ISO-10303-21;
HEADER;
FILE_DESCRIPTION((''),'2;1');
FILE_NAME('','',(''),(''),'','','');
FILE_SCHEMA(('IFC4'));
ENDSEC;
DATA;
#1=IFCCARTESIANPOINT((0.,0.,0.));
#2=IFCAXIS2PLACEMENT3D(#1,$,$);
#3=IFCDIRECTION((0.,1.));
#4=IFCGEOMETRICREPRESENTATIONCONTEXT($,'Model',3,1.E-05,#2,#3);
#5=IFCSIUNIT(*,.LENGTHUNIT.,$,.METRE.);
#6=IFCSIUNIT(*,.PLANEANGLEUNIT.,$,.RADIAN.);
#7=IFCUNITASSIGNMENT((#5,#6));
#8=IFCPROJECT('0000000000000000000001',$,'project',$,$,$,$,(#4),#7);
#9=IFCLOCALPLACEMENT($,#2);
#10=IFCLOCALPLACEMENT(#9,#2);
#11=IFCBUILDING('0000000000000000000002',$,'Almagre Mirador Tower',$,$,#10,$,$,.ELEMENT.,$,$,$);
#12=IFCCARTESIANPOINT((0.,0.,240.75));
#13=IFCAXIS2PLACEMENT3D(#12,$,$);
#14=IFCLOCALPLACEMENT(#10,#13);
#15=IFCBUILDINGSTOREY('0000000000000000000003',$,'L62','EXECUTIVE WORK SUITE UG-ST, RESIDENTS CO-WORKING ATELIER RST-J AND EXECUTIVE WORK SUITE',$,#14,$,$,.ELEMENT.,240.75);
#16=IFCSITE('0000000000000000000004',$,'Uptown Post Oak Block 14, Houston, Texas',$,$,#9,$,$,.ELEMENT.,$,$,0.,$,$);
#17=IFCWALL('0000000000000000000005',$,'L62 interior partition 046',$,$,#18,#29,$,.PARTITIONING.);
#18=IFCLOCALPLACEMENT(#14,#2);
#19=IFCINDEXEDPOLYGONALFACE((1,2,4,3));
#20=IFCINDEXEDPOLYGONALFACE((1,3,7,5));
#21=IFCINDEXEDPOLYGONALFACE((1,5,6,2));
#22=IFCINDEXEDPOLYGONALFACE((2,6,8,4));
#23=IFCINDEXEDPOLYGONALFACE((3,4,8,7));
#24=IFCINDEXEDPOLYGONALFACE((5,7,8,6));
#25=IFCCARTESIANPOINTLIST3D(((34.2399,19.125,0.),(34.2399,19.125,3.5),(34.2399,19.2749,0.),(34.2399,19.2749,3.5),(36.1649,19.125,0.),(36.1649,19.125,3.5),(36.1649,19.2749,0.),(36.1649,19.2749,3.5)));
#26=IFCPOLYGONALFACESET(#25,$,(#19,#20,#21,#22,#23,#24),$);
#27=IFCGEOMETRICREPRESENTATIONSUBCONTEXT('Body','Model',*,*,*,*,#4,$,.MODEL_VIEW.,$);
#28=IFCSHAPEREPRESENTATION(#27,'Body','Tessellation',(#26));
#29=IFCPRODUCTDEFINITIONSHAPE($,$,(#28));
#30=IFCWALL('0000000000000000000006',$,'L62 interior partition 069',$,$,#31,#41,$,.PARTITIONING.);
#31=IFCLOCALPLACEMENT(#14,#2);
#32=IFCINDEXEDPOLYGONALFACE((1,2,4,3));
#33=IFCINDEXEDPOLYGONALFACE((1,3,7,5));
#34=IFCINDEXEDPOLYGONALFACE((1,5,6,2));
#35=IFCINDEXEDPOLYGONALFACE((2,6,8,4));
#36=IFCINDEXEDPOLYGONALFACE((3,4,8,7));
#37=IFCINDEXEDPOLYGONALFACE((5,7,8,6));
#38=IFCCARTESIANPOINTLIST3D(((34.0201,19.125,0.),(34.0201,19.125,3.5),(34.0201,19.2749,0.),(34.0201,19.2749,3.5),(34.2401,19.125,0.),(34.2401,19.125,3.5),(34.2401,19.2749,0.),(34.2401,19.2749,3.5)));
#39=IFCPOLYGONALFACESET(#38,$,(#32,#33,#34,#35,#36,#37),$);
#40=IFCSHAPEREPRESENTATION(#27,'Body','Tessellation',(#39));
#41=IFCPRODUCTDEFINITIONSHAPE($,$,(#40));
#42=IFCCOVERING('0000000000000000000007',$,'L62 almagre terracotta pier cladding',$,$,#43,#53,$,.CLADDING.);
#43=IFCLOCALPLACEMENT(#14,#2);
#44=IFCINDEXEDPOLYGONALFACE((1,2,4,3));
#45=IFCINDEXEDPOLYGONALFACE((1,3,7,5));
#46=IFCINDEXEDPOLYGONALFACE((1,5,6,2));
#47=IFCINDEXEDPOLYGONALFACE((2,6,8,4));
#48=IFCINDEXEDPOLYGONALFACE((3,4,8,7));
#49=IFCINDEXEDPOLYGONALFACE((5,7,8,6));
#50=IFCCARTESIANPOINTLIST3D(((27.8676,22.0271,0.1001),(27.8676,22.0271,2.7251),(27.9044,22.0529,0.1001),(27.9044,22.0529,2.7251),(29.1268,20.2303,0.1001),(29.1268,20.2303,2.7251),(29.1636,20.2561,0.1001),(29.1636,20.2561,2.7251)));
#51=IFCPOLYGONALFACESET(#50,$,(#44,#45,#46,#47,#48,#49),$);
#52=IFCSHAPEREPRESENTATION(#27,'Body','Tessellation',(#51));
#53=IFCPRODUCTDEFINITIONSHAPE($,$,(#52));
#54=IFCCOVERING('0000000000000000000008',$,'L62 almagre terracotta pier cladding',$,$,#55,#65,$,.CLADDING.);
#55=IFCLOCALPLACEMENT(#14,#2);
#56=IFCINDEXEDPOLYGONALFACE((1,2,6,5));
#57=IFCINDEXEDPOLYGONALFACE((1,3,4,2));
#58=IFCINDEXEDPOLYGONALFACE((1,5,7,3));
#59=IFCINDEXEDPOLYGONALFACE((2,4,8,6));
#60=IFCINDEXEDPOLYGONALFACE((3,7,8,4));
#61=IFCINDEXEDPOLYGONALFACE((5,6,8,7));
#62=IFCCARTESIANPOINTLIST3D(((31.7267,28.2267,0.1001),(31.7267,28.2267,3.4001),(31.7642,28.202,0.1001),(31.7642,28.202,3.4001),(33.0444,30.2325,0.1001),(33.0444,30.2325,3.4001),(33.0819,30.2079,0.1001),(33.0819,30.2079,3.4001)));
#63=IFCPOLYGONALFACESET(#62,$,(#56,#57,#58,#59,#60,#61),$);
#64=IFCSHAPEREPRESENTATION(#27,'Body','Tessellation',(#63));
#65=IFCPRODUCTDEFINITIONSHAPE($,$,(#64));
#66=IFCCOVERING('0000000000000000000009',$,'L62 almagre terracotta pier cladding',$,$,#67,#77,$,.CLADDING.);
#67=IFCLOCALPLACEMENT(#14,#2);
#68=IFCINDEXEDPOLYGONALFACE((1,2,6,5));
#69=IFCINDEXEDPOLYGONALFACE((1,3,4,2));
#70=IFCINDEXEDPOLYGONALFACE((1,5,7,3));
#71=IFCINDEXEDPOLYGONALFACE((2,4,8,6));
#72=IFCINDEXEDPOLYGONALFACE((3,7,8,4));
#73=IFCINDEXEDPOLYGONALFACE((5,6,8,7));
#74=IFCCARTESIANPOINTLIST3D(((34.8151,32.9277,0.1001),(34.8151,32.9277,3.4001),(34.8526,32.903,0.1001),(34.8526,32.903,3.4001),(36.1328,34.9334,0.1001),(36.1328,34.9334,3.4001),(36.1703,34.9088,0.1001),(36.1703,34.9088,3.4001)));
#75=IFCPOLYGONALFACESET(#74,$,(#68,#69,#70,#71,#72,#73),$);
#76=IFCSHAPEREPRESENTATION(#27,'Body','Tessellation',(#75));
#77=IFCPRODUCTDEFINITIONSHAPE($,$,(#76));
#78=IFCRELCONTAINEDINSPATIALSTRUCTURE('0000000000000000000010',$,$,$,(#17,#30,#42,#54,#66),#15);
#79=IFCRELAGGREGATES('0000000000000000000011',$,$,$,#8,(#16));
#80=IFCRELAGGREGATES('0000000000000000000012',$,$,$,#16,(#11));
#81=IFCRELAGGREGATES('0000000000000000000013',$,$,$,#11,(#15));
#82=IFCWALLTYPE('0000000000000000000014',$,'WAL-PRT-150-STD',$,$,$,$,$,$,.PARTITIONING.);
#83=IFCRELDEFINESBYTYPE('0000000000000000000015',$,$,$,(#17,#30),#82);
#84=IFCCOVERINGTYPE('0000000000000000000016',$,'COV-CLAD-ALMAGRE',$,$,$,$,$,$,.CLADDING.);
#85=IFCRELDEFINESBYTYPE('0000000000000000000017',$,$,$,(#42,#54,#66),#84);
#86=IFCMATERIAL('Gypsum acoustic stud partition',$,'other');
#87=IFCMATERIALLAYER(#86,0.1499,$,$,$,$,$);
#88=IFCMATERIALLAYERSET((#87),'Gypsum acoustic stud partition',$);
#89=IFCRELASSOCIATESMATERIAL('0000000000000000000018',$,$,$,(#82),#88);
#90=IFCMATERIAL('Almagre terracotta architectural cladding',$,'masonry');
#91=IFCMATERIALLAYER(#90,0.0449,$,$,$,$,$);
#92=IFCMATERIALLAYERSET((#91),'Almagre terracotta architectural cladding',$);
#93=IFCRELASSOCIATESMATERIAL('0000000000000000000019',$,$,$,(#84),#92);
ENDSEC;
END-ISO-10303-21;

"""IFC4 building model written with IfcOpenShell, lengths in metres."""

from ifc_helpers import new_model, si_unit, direction, frame, frame_2d, origin, origin_2d, place, context, subcontext, project, spatial, rectangle, extrude, material, layer, layer_set, type_object, element, save


model = new_model("IFC4")

# Units and contexts
model_context = context("Model", 3, precision=1e-05, world=origin(), true_north=direction((0.0, 1.0)))
body_context = subcontext(model_context, "Body", "Model", "MODEL_VIEW")
ifc_project = project(units=[si_unit("LENGTHUNIT", "METRE"), si_unit("PLANEANGLEUNIT", "RADIAN")], contexts=[model_context])

# Site, building, storey
site_placement = place(None, origin())
site = spatial("IfcSite", under=ifc_project, at=site_placement, Name="Uptown Post Oak Block 14, Houston, Texas", CompositionType="ELEMENT", RefElevation=0.0)
building_placement = place(site_placement, origin())
building = spatial("IfcBuilding", under=site, at=building_placement, Name="Almagre Mirador Tower", CompositionType="ELEMENT")
storey_placement = place(building_placement, frame((0.0, 0.0, 240.75)))
storey = spatial("IfcBuildingStorey", under=building, at=storey_placement, Name="L62", Description="EXECUTIVE WORK SUITE UG-ST, RESIDENTS CO-WORKING ATELIER RST-J AND EXECUTIVE WORK SUITE", CompositionType="ELEMENT", Elevation=240.75)

# Walls
ifc_material_1 = material(Name="Gypsum acoustic stud partition", Category="other")
ifc_layer_1 = layer(ifc_material_1, 0.1499)
ifc_layer_set_1 = layer_set([ifc_layer_1], Name="Gypsum acoustic stud partition")
wall_type_1 = type_object("IfcWallType", Name="WAL-PRT-150-STD", PredefinedType="PARTITIONING", material=ifc_layer_set_1)
wall_1_placement = place(storey_placement, frame((34.24, 19.2, 0.0), z_axis=(0.0, 0.0, 1.0), x_axis=(1.0, 0.0, 0.0)))
element("IfcWall", 1, at=wall_1_placement, inside=storey, type_object=wall_type_1, Name="L62 interior partition 046", PredefinedType="PARTITIONING", context=body_context, shape_type="SweptSolid", body=[
    extrude(rectangle(XDim=1.925, YDim=0.1499, at=frame_2d((0.9624, 0.0))), origin(), (0.0, 0.0, 1.0), 3.5),
])
wall_2_placement = place(storey_placement, frame((34.24, 19.2, 0.0), z_axis=(0.0, 0.0, 1.0), x_axis=(-1.0, 0.0, 0.0)))
element("IfcWall", 2, at=wall_2_placement, inside=storey, type_object=wall_type_1, Name="L62 interior partition 069", PredefinedType="PARTITIONING", context=body_context, shape_type="SweptSolid", body=[
    extrude(rectangle(XDim=0.22, YDim=0.1499, at=frame_2d((0.1099, 0.0))), origin(), (0.0, 0.0, 1.0), 3.5),
])

# Coverings
ifc_material_2 = material(Name="Almagre terracotta architectural cladding", Category="masonry")
ifc_layer_2 = layer(ifc_material_2, 0.0449)
ifc_layer_set_2 = layer_set([ifc_layer_2], Name="Almagre terracotta architectural cladding")
covering_type = type_object("IfcCoveringType", Name="COV-CLAD-ALMAGRE", PredefinedType="CLADDING", material=ifc_layer_set_2)
covering_placement = place(storey_placement, frame((28.5156, 21.1416, 0.1001), z_axis=(0.0, 0.0, 1.0), x_axis=(-0.573891, 0.818932, 0.0)))
element("IfcCovering", 3, at=covering_placement, inside=storey, type_object=covering_type, Name="L62 almagre terracotta pier cladding", PredefinedType="CLADDING", context=body_context, shape_type="SweptSolid", body=[
    extrude(rectangle(XDim=2.1941, YDim=0.0449, at=origin_2d()), origin(), (0.0, 0.0, 1.0), 2.625),
])
for number, where, z_axis, x_axis, name in (
    (4, (32.4043, 29.2173, 0.1001), (0.0, 0.0, 1.0), (0.549052, 0.835788, 0.0), "L62 almagre terracotta pier cladding"),
    (5, (35.4927, 33.9182, 0.1001), (0.0, 0.0, 1.0), (0.549067, 0.835779, 0.0), "L62 almagre terracotta pier cladding"),
):
    element("IfcCovering", number, at=place(storey_placement, frame(where, z_axis=z_axis, x_axis=x_axis)), inside=storey, type_object=covering_type, Name=name, PredefinedType="CLADDING", context=body_context, shape_type="SweptSolid", body=[
        extrude(rectangle(XDim=2.3999, YDim=0.0449, at=origin_2d()), origin(), (0.0, 0.0, 1.0), 3.3),
    ])

save(model, "model.ifc")
